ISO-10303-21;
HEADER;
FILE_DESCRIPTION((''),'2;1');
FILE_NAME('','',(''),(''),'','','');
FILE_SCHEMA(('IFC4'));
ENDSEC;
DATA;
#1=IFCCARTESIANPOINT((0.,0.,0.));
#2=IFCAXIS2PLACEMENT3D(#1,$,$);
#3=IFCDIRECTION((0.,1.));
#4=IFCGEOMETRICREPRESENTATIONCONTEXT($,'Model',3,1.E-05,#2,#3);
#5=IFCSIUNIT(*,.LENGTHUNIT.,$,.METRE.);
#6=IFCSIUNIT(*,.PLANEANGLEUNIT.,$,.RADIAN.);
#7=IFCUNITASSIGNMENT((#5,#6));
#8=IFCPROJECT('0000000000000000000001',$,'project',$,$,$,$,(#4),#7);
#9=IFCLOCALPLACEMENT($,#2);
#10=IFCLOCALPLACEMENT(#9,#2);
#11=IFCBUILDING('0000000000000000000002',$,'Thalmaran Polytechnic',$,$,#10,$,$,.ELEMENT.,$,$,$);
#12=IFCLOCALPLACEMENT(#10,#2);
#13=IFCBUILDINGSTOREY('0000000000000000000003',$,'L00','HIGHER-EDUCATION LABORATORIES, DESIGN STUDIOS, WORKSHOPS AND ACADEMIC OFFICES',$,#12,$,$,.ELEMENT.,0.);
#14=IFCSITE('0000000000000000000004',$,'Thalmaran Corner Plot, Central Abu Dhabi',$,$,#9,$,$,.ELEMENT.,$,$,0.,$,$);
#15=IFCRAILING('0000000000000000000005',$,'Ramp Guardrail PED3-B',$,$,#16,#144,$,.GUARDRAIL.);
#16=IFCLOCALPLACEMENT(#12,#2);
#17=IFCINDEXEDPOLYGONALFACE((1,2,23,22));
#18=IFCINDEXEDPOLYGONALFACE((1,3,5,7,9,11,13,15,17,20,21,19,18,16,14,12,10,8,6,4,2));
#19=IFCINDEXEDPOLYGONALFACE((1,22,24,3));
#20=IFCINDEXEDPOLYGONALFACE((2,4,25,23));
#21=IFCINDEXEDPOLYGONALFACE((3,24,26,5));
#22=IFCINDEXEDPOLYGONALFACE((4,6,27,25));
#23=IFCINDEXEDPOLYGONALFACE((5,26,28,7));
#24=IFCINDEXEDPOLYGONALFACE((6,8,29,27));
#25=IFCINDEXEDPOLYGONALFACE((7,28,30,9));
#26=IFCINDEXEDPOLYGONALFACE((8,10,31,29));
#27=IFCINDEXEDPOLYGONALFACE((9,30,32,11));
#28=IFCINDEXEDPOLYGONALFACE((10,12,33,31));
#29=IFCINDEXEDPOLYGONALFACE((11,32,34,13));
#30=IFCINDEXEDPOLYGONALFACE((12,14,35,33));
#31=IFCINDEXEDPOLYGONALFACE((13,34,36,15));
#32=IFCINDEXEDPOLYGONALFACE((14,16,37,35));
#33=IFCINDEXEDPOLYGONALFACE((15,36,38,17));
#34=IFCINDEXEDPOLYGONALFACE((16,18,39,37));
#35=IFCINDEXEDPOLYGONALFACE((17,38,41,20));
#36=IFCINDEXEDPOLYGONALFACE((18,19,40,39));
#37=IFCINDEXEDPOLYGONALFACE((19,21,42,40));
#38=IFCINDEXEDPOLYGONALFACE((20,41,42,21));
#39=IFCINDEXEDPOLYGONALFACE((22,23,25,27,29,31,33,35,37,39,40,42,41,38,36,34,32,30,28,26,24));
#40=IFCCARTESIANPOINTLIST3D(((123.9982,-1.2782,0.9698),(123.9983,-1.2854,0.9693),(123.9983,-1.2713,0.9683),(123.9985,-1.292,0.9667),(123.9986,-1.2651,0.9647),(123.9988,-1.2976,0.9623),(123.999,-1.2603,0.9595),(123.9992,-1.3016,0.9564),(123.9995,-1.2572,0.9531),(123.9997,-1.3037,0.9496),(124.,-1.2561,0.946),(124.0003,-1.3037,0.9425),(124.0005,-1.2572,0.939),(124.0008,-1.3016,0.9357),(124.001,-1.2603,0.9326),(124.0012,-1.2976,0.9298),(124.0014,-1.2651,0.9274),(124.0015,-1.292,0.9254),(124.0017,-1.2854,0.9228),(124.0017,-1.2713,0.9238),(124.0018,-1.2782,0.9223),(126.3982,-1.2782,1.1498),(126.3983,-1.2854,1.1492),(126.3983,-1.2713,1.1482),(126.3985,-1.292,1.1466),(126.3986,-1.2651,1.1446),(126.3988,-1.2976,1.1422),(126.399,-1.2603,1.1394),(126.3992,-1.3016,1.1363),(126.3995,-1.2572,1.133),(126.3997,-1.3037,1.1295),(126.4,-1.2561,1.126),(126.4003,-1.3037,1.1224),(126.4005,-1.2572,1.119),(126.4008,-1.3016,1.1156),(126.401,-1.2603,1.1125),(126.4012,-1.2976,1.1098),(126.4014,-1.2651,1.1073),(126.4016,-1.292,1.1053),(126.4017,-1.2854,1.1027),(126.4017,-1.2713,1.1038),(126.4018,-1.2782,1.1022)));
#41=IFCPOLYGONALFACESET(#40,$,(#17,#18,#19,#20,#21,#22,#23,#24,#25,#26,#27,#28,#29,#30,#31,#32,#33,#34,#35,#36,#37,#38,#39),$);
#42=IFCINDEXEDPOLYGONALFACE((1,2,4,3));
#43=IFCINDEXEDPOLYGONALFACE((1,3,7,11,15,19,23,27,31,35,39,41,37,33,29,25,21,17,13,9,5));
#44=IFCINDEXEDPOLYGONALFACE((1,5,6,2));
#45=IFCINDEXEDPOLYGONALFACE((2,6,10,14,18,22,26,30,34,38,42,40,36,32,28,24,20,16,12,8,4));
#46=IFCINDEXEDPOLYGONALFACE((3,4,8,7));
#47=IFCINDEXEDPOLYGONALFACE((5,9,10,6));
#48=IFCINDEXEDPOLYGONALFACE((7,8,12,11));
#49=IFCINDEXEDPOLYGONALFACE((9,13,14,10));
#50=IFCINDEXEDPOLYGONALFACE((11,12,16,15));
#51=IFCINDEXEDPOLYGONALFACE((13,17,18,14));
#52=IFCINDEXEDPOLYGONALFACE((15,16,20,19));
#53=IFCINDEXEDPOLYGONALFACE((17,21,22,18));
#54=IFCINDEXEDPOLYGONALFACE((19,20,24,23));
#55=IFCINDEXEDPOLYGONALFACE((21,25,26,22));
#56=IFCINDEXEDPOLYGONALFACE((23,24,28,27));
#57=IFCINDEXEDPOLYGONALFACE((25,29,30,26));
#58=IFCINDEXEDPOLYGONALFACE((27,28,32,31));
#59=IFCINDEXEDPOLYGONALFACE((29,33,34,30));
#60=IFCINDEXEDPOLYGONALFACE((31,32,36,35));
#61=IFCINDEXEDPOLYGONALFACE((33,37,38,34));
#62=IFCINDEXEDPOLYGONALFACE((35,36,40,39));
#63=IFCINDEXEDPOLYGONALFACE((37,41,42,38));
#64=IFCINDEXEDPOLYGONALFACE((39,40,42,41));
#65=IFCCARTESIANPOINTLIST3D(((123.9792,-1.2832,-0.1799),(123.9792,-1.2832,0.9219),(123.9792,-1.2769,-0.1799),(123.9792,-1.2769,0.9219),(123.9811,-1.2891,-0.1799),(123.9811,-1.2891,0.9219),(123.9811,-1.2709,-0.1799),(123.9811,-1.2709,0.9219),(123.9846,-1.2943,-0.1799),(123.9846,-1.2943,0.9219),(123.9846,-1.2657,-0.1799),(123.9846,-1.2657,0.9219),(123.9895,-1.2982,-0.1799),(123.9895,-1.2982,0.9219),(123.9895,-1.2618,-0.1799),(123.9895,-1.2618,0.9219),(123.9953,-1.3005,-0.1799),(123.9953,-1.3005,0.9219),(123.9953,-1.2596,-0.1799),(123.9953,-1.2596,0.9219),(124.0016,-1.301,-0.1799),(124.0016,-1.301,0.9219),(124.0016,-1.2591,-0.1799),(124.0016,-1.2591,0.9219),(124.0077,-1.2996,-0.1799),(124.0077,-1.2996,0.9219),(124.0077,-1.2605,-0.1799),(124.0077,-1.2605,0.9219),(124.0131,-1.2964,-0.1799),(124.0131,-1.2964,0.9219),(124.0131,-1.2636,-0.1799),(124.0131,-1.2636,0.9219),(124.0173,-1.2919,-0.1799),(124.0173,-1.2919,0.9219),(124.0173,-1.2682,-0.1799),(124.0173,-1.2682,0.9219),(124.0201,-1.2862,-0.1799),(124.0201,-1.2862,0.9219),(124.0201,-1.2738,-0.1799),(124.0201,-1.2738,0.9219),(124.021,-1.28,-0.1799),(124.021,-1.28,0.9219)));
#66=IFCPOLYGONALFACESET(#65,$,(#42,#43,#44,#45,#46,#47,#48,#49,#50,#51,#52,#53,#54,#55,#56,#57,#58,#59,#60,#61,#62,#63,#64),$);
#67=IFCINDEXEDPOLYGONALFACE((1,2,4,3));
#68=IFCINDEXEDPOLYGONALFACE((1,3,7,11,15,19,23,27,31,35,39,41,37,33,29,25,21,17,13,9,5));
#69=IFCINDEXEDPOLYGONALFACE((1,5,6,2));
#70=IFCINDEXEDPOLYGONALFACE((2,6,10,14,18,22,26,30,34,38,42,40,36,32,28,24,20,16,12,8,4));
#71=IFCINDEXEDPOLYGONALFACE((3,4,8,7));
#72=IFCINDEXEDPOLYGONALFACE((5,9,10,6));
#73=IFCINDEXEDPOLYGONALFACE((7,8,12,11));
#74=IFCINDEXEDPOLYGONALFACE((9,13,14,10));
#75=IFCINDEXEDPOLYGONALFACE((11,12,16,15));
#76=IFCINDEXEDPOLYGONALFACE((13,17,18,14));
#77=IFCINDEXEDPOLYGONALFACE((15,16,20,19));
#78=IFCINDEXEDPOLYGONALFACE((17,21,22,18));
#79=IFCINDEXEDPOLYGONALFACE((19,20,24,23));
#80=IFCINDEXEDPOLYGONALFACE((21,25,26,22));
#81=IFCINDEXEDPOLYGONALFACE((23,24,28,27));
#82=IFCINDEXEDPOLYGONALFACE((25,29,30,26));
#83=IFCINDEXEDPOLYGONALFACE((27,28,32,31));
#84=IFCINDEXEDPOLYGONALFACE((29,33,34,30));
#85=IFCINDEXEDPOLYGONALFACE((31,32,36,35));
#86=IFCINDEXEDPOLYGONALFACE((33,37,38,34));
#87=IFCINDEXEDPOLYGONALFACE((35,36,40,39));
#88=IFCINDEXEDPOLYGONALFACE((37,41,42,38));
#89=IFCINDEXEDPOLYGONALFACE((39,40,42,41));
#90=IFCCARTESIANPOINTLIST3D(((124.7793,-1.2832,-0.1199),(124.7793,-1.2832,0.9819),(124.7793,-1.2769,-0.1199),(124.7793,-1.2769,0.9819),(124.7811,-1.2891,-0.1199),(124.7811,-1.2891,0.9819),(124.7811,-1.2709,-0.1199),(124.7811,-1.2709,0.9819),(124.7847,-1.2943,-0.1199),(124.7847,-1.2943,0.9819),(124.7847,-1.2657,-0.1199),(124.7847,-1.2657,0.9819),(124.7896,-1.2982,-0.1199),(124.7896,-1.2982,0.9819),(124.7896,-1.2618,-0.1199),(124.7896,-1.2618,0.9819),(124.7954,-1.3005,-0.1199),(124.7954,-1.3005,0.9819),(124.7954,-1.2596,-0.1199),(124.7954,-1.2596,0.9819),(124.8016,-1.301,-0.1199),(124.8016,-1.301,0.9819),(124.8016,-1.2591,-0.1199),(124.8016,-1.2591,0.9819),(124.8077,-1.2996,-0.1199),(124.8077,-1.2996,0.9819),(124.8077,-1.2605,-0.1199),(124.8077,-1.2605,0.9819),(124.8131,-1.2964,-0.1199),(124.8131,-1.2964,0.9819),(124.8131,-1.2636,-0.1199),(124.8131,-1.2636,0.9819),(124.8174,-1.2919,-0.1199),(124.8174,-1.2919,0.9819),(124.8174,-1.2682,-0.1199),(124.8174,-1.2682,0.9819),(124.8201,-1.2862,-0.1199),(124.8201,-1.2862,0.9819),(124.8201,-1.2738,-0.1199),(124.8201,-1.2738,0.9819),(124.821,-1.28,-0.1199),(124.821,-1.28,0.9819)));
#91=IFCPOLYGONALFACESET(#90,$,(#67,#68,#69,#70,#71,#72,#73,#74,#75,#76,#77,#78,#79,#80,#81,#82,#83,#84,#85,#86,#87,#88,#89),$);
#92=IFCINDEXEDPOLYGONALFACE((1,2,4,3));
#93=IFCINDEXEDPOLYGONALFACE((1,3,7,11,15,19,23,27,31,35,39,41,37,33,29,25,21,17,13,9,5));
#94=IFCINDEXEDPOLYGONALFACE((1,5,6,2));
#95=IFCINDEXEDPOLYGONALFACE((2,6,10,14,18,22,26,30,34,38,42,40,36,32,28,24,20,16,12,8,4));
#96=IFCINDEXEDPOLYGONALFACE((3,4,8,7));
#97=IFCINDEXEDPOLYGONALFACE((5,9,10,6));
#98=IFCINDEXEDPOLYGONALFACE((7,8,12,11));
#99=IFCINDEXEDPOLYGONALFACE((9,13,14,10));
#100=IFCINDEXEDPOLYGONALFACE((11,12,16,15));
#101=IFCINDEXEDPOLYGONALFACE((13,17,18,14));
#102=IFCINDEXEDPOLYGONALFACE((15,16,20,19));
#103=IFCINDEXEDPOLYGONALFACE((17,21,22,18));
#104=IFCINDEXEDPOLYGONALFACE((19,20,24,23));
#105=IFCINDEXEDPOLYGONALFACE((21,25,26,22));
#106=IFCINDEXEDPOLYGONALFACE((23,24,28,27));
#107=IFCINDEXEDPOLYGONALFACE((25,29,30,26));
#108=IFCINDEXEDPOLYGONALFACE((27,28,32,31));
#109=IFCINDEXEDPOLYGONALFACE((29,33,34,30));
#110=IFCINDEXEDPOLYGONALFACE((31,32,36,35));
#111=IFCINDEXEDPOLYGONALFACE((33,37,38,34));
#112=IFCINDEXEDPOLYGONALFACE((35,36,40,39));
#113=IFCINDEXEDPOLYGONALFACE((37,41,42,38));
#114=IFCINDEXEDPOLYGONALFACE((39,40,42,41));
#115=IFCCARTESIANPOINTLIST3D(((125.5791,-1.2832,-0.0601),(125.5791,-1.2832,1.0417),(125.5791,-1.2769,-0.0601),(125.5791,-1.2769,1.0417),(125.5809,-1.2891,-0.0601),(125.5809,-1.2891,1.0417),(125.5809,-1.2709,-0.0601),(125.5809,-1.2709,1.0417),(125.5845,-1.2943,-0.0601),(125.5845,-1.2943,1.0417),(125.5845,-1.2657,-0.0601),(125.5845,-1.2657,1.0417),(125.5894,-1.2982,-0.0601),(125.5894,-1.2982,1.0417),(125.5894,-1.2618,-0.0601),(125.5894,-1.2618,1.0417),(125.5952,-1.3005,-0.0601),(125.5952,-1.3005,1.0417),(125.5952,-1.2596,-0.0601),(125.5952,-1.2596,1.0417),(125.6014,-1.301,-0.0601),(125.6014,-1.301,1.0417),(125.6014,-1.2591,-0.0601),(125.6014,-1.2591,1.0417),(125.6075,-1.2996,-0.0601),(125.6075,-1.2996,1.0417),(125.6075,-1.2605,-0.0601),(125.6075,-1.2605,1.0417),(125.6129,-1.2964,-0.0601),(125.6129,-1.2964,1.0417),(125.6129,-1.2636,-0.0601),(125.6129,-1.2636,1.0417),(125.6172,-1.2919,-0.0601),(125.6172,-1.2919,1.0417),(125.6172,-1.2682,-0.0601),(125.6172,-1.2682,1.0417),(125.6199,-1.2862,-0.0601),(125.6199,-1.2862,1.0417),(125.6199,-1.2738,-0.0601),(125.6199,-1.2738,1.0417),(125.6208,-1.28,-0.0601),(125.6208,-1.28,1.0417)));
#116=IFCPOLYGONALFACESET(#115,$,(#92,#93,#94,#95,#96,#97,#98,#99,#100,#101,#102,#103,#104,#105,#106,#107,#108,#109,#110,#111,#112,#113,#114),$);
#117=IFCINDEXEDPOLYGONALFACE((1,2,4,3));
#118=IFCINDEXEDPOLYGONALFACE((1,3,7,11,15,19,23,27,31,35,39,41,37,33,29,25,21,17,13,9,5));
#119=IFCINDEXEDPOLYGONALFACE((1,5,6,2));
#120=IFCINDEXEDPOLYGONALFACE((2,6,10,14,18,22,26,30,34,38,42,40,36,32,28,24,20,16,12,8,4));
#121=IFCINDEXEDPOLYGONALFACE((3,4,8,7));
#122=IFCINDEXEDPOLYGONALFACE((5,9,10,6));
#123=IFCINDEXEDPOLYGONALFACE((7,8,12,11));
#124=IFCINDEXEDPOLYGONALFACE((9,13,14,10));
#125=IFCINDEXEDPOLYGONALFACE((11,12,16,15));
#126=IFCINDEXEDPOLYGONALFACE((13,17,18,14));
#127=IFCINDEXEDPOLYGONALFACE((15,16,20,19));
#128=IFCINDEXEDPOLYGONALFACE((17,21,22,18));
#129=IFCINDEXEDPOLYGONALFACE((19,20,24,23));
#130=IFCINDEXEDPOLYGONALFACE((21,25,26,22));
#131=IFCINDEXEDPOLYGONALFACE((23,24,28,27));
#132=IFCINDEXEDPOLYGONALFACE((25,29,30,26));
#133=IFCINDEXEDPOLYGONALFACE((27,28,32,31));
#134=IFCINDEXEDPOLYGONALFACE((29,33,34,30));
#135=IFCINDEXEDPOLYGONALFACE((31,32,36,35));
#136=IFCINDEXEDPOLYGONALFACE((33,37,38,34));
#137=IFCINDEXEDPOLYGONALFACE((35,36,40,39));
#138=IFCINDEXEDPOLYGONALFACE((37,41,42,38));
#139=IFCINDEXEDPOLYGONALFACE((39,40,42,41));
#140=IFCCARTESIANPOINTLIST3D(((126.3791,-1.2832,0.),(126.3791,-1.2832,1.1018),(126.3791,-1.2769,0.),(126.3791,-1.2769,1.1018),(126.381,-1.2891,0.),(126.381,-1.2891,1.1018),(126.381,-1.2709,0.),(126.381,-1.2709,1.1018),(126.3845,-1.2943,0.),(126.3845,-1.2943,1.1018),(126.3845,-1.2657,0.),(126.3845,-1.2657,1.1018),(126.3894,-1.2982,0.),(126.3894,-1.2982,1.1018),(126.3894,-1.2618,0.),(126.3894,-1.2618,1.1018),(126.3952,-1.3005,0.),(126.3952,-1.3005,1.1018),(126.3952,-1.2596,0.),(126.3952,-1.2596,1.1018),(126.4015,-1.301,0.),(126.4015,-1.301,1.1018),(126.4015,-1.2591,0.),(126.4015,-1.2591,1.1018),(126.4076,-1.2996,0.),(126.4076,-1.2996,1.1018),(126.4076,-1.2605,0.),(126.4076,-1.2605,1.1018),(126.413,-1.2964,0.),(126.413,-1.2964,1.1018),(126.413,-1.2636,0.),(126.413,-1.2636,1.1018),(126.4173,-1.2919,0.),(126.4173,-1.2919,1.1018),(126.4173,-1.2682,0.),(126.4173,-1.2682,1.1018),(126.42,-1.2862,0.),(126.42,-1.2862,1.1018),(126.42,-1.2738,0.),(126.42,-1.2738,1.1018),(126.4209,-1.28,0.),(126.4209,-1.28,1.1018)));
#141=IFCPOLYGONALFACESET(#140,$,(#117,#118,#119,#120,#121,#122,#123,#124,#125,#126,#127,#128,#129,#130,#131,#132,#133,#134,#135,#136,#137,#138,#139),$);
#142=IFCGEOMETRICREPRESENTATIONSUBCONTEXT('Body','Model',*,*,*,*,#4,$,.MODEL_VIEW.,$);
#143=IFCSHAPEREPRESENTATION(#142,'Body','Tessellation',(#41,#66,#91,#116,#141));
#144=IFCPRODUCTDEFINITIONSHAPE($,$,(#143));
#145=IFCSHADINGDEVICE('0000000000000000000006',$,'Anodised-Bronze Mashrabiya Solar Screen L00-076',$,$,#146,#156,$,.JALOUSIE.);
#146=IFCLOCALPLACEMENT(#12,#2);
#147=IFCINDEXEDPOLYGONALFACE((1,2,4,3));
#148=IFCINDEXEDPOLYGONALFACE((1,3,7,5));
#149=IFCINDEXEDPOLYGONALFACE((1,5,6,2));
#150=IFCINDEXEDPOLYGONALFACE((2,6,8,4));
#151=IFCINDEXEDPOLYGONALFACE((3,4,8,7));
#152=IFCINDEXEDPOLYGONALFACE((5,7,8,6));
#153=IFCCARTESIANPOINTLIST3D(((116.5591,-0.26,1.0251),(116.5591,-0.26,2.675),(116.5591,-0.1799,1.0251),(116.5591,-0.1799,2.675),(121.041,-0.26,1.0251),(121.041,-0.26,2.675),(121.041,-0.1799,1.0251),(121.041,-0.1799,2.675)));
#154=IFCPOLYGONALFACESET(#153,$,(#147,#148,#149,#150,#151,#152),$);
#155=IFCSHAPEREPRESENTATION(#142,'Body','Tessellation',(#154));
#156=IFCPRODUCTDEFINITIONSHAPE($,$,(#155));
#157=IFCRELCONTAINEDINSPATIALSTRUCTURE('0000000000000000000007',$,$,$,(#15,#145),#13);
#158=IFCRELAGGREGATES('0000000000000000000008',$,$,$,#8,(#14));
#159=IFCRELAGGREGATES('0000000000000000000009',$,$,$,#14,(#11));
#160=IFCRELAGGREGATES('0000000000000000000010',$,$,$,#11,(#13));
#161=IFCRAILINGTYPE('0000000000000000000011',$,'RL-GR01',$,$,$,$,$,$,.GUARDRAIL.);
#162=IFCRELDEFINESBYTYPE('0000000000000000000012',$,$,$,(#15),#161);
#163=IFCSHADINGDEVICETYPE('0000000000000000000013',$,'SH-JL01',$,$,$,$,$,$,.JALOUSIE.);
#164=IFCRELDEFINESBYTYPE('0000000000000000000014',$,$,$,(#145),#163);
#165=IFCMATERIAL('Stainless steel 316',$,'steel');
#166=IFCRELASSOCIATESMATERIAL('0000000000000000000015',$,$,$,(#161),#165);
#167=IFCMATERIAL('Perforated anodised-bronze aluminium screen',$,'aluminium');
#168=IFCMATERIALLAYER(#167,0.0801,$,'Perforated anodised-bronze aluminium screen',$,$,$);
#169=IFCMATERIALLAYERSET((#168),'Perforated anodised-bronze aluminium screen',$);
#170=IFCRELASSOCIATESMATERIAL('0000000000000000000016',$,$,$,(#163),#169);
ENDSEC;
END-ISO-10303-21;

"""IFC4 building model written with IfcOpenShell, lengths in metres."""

from ifc_helpers import new_model, si_unit, direction, frame, origin, origin_2d, place, context, subcontext, project, spatial, rectangle, circle, extrude, material, layer, layer_set, type_object, element, save


model = new_model("IFC4")

# Units and contexts
model_context = context("Model", 3, precision=1e-05, world=origin(), true_north=direction((0.0, 1.0)))
body_context = subcontext(model_context, "Body", "Model", "MODEL_VIEW")
ifc_project = project(units=[si_unit("LENGTHUNIT", "METRE"), si_unit("PLANEANGLEUNIT", "RADIAN")], contexts=[model_context])

# Site, building, storey
site_placement = place(None, origin())
site = spatial("IfcSite", under=ifc_project, at=site_placement, Name="Thalmaran Corner Plot, Central Abu Dhabi", CompositionType="ELEMENT", RefElevation=0.0)
building_placement = place(site_placement, origin())
building = spatial("IfcBuilding", under=site, at=building_placement, Name="Thalmaran Polytechnic", CompositionType="ELEMENT")
storey_placement = place(building_placement, origin())
storey = spatial("IfcBuildingStorey", under=building, at=storey_placement, Name="L00", Description="HIGHER-EDUCATION LABORATORIES, DESIGN STUDIOS, WORKSHOPS AND ACADEMIC OFFICES", CompositionType="ELEMENT", Elevation=0.0)

# Railing
ifc_material_1 = material(Name="Stainless steel 316", Category="steel")
railing_type = type_object("IfcRailingType", Name="RL-GR01", PredefinedType="GUARDRAIL", material=ifc_material_1)
for number, where, name in (
    (1, (124.0, -1.28, -0.1799), "Ramp Guardrail PED3-B"),
):
    element("IfcRailing", number, at=place(storey_placement, frame(where)), inside=storey, type_object=railing_type, Name=name, PredefinedType="GUARDRAIL", context=body_context, shape_type="SweptSolid", body=[
        extrude(circle(Radius=0.0239, at=origin_2d()), frame((0.0, 0.0, 1.126), z_axis=(0.997201, 0.0, 0.074765), x_axis=(0.0, 1.0, 0.0)), (0.0, 0.0, 1.0), 2.4067),
        extrude(circle(Radius=0.021, at=origin_2d()), origin(), (0.0, 0.0, 1.0), 1.1018),
        extrude(circle(Radius=0.021, at=origin_2d()), frame((0.8, 0.0, 0.0601)), (0.0, 0.0, 1.0), 1.1018),
        extrude(circle(Radius=0.021, at=origin_2d()), frame((1.5999, 0.0, 0.1199)), (0.0, 0.0, 1.0), 1.1018),
        extrude(circle(Radius=0.021, at=origin_2d()), frame((2.3999, 0.0, 0.1799)), (0.0, 0.0, 1.0), 1.1018),
    ])

# Shading device
ifc_material_2 = material(Name="Perforated anodised-bronze aluminium screen", Category="aluminium")
ifc_layer_1 = layer(ifc_material_2, 0.0801, Name="Perforated anodised-bronze aluminium screen")
ifc_layer_set_1 = layer_set([ifc_layer_1], Name="Perforated anodised-bronze aluminium screen")
shading_device_type = type_object("IfcShadingDeviceType", Name="SH-JL01", PredefinedType="JALOUSIE", material=ifc_layer_set_1)
shading_device_placement = place(storey_placement, frame((118.8, -0.22, 1.0251), z_axis=(0.0, 0.0, 1.0), x_axis=(-1.0, 0.0, 0.0)))
element("IfcShadingDevice", 2, at=shading_device_placement, inside=storey, type_object=shading_device_type, Name="Anodised-Bronze Mashrabiya Solar Screen L00-076", PredefinedType="JALOUSIE", context=body_context, shape_type="SweptSolid", body=[
    extrude(rectangle(XDim=4.4819, YDim=0.0801, at=origin_2d()), origin(), (0.0, 0.0, 1.0), 1.6499),
])

save(model, "model.ifc")
